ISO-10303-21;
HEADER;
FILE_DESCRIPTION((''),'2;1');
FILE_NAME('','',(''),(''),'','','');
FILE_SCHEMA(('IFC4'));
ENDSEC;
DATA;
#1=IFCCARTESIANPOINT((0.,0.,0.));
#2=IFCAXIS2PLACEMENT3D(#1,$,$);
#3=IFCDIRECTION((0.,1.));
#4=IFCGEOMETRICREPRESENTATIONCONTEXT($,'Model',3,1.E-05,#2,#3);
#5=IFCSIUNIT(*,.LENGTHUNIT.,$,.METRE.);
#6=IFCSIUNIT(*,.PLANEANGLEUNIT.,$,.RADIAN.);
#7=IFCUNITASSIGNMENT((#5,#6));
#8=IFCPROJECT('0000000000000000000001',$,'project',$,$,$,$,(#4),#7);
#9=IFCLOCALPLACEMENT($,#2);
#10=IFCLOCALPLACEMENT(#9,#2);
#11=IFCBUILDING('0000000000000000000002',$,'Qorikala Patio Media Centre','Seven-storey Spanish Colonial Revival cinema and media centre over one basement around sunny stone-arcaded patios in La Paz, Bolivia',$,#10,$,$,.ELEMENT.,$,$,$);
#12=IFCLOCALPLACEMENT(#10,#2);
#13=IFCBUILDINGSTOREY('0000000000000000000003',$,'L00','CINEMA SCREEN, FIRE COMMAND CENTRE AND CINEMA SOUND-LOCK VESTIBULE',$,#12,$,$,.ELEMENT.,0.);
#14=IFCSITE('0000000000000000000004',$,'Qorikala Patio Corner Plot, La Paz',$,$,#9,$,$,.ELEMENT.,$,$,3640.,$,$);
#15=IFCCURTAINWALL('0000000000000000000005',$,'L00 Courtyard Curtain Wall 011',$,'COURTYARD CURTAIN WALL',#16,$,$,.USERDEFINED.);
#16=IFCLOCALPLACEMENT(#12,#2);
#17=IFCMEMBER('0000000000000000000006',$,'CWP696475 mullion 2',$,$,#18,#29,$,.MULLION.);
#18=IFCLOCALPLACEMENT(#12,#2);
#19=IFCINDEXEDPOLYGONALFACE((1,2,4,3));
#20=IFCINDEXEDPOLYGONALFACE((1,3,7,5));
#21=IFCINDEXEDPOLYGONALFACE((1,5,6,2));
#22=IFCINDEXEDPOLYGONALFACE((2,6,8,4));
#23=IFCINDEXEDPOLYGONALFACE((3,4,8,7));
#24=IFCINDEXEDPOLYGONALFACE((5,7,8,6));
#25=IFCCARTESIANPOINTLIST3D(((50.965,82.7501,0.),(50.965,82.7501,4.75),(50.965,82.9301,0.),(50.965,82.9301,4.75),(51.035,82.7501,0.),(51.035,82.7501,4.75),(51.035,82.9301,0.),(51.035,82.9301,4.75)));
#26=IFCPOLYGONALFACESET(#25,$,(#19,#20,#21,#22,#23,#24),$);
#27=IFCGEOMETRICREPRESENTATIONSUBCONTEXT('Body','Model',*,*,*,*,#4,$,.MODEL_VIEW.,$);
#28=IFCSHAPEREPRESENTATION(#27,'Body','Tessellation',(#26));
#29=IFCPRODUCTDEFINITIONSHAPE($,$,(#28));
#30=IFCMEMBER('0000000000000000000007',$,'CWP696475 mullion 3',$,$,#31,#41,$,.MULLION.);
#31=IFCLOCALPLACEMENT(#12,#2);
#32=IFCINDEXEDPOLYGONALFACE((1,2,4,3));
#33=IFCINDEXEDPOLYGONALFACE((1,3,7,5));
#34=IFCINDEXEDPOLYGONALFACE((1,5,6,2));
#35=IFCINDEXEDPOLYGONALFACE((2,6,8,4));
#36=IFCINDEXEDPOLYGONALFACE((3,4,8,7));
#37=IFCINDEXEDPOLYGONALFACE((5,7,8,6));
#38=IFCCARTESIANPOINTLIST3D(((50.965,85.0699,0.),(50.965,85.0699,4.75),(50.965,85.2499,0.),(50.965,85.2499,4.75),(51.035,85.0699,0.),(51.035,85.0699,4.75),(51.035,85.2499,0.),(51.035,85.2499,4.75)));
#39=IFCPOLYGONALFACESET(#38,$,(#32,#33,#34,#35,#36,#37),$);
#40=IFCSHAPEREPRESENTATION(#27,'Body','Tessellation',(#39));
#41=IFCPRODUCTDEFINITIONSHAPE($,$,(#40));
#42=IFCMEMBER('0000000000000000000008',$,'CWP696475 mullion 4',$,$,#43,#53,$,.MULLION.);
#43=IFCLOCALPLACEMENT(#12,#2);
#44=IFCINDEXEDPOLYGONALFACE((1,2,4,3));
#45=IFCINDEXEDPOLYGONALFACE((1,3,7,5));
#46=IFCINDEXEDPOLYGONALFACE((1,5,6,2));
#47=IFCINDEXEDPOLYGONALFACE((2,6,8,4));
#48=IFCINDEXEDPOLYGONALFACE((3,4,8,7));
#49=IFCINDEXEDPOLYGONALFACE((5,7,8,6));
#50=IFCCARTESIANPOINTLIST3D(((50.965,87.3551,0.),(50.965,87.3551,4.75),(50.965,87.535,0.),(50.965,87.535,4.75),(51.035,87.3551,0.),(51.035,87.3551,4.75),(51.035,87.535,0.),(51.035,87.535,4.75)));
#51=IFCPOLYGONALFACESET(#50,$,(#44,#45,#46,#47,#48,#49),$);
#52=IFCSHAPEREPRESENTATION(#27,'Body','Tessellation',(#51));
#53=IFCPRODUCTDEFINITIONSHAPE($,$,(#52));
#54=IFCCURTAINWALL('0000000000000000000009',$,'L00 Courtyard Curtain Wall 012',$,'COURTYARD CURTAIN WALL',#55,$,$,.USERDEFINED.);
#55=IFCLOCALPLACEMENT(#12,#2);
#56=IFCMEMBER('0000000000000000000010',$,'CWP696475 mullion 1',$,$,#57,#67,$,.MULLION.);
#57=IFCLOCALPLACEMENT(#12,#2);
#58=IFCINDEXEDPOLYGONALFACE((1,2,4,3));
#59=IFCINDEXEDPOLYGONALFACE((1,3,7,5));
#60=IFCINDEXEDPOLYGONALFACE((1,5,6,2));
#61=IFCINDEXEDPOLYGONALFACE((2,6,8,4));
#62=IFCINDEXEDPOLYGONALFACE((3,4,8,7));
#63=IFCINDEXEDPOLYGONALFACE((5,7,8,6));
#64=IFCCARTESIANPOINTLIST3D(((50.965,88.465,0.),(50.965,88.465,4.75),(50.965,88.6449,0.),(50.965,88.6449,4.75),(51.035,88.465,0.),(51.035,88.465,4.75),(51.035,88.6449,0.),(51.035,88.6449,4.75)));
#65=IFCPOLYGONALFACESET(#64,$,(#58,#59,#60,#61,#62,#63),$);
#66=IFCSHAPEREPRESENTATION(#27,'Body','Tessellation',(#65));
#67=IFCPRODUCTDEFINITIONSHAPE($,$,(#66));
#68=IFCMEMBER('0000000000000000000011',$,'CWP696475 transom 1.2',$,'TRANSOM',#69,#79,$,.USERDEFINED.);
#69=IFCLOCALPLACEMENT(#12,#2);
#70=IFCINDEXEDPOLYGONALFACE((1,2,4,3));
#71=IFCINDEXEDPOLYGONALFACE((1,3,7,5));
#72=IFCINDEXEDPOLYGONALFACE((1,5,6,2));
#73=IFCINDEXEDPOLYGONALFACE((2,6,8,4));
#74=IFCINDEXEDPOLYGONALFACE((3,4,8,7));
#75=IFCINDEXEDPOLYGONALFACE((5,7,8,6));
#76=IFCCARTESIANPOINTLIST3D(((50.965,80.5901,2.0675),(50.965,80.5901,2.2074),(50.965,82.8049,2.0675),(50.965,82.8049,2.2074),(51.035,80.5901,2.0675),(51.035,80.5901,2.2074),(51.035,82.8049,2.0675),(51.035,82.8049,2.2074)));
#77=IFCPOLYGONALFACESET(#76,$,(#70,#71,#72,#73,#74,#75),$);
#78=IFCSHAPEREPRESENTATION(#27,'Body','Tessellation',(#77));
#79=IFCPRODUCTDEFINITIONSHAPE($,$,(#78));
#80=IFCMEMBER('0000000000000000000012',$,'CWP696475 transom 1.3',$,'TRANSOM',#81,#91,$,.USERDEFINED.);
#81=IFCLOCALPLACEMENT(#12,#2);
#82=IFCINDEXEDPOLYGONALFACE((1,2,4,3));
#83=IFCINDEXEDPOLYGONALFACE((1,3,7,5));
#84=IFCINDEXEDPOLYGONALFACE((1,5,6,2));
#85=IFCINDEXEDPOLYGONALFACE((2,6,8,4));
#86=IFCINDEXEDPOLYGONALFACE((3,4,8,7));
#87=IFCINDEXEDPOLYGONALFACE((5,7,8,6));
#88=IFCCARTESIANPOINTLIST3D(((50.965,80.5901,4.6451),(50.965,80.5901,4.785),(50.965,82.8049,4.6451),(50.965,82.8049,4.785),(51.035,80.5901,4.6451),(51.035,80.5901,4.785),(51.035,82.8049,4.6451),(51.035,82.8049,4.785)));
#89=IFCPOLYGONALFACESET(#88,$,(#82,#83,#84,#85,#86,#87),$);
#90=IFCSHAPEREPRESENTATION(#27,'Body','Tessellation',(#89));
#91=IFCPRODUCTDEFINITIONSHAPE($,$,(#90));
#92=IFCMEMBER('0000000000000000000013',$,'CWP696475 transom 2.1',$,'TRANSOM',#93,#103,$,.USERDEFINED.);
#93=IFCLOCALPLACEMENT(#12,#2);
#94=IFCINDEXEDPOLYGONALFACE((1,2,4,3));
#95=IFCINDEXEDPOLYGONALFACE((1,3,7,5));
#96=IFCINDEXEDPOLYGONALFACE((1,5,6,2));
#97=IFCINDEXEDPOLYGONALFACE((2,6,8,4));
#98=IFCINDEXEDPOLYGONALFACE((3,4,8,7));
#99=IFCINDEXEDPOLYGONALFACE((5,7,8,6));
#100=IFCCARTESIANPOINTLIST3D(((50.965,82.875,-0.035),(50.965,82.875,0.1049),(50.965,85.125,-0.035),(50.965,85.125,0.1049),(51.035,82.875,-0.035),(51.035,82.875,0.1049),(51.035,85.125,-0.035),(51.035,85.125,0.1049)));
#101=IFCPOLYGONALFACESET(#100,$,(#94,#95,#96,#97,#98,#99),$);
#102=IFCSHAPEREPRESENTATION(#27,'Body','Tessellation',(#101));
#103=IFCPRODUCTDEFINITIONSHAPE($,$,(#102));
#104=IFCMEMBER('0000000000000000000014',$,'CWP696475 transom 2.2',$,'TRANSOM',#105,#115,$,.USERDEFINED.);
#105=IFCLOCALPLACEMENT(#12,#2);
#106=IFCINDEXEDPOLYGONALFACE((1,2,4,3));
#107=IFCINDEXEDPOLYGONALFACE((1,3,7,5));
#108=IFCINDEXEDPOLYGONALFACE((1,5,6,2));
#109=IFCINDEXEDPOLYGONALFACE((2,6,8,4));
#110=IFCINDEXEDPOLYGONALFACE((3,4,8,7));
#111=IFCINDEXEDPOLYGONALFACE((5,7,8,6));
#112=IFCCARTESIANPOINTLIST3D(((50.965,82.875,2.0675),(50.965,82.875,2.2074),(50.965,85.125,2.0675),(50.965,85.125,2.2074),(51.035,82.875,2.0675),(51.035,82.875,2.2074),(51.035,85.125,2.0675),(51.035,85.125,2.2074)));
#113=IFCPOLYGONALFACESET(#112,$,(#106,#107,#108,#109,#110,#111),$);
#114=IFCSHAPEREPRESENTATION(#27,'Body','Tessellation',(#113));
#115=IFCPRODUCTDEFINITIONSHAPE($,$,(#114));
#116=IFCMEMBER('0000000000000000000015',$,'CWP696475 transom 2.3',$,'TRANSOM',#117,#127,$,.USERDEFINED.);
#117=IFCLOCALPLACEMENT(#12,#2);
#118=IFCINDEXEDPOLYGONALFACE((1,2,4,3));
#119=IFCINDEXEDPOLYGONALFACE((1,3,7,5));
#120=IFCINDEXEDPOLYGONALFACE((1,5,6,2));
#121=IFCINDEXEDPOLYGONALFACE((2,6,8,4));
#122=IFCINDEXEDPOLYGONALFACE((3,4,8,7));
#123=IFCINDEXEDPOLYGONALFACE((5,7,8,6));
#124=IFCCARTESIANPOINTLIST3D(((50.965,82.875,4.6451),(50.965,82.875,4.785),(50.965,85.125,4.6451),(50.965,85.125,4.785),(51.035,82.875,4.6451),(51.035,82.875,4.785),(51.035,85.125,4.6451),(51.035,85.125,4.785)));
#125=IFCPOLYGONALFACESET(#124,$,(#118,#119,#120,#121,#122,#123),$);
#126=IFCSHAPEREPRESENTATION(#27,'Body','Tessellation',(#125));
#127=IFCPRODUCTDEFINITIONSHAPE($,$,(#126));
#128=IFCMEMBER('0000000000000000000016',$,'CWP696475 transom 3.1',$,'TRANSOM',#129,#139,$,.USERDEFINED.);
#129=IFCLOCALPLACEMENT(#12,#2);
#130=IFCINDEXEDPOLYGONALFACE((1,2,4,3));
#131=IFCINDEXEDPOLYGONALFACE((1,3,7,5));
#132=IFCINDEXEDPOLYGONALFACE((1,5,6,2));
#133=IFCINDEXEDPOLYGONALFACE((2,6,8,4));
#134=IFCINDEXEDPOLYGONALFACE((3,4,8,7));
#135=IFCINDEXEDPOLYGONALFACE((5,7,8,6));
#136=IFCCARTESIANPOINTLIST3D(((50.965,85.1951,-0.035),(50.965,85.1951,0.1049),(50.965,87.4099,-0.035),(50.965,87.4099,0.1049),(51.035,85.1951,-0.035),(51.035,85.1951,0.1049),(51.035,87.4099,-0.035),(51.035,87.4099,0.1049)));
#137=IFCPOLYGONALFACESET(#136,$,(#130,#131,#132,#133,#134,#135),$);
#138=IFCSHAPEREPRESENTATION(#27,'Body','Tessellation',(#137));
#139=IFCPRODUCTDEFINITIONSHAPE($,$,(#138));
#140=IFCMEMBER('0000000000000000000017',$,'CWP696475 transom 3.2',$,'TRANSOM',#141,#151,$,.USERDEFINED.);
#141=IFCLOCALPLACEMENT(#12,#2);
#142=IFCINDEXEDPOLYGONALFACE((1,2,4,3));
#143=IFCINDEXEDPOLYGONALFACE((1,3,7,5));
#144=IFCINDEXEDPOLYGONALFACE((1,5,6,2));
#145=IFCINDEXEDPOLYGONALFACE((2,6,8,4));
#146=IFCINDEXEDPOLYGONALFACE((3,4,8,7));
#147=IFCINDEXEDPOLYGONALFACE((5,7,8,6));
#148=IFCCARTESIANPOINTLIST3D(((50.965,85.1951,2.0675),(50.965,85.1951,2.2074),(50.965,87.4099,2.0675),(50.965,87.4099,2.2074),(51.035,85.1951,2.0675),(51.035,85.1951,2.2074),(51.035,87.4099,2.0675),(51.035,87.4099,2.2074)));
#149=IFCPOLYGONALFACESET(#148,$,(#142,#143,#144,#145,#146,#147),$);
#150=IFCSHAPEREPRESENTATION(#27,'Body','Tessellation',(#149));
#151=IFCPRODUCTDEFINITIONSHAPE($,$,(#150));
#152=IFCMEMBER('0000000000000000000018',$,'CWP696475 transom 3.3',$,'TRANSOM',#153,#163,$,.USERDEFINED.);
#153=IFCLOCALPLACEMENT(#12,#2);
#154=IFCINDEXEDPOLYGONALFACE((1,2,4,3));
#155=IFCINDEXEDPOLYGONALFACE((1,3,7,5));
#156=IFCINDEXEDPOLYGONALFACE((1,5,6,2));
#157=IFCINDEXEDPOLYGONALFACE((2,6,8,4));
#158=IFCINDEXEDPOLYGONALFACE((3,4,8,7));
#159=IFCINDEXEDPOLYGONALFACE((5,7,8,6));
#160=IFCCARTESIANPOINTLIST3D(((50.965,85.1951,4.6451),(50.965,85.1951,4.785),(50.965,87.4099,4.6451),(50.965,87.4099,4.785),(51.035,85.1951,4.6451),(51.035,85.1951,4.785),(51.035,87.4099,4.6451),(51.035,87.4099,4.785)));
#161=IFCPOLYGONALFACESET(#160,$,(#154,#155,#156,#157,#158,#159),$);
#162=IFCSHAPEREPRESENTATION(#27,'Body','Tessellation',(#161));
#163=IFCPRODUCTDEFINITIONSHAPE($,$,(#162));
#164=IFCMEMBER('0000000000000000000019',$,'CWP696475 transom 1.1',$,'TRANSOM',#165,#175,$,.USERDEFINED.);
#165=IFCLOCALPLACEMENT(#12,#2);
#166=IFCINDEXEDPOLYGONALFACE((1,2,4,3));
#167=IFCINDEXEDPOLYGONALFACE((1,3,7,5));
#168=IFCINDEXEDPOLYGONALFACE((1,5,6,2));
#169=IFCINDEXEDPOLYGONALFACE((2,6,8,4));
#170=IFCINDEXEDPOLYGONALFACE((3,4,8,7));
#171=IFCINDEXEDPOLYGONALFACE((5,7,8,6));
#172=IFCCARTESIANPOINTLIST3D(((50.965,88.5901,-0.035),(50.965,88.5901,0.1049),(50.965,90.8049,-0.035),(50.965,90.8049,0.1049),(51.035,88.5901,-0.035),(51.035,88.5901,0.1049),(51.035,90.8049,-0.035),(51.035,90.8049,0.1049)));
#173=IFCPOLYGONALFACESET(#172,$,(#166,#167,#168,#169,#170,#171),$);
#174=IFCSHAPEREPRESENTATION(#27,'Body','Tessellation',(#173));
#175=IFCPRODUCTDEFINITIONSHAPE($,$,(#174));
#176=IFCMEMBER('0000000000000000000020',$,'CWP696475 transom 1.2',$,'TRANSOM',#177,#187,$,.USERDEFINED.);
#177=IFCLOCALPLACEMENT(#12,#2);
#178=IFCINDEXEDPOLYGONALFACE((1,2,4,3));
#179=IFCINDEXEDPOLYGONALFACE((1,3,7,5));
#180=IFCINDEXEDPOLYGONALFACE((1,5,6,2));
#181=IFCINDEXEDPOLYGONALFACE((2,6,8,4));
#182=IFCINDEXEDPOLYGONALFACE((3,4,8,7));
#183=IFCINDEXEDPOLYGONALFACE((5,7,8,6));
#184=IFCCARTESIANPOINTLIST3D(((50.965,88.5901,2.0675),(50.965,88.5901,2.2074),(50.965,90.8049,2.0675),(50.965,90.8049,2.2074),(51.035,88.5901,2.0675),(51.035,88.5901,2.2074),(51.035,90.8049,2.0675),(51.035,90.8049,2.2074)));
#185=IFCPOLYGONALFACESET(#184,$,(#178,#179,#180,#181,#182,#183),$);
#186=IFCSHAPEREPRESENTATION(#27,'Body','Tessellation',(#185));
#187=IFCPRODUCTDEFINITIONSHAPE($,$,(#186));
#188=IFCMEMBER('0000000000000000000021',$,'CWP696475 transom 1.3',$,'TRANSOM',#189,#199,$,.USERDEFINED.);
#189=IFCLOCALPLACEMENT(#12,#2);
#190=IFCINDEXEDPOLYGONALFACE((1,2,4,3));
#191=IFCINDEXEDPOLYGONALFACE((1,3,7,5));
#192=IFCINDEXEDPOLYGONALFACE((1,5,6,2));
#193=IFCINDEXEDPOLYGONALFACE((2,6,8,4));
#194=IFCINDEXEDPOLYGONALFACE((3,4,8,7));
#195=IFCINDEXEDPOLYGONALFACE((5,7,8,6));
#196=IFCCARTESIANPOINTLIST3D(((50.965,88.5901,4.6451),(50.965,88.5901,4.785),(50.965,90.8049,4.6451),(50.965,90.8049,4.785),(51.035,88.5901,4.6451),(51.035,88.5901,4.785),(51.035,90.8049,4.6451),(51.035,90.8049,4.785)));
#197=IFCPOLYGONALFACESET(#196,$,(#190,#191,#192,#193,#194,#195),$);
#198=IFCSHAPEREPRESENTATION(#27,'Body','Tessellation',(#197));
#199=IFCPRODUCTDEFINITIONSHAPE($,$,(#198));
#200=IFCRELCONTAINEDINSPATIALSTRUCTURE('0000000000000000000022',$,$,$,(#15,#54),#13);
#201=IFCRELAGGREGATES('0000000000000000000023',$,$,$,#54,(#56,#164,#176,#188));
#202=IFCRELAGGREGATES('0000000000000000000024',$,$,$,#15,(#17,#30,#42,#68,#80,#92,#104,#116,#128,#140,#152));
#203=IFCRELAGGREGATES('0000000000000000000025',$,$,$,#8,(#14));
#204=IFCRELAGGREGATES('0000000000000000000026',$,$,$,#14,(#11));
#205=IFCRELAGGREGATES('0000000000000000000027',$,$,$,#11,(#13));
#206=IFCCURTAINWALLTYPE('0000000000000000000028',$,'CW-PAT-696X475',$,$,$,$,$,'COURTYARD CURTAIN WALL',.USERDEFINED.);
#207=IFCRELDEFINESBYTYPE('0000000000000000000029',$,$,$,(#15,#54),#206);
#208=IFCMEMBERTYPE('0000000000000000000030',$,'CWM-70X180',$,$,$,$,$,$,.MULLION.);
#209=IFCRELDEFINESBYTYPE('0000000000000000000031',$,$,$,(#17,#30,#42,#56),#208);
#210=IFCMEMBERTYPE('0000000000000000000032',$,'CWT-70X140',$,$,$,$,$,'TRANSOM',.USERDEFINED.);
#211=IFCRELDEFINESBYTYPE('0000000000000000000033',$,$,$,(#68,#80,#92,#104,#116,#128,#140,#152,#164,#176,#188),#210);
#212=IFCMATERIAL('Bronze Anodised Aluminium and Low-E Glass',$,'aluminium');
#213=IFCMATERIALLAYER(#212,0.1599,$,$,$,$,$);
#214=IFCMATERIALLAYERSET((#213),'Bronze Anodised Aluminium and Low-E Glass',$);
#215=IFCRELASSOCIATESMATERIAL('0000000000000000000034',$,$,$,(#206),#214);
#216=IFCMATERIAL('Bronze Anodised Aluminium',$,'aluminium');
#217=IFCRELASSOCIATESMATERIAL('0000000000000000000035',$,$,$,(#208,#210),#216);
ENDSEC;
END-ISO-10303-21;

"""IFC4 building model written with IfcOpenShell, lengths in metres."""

from ifc_helpers import new_model, si_unit, direction, frame, origin, origin_2d, place, context, subcontext, project, spatial, rectangle, extrude, material, layer, layer_set, material_profile, profile_set, type_object, element, aggregate, save


model = new_model("IFC4")

# Units and contexts
model_context = context("Model", 3, precision=1e-05, world=origin(), true_north=direction((0.0, 1.0)))
body_context = subcontext(model_context, "Body", "Model", "MODEL_VIEW")
ifc_project = project(units=[si_unit("LENGTHUNIT", "METRE"), si_unit("PLANEANGLEUNIT", "RADIAN")], contexts=[model_context])

# Site, building, storey
site_placement = place(None, origin())
site = spatial("IfcSite", under=ifc_project, at=site_placement, Name="Qorikala Patio Corner Plot, La Paz", CompositionType="ELEMENT", RefElevation=3640.0)
building_placement = place(site_placement, origin())
building = spatial("IfcBuilding", under=site, at=building_placement, Name="Qorikala Patio Media Centre", Description="Seven-storey Spanish Colonial Revival cinema and media centre over one basement around sunny stone-arcaded patios in La Paz, Bolivia", CompositionType="ELEMENT")
storey_placement = place(building_placement, origin())
storey = spatial("IfcBuildingStorey", under=building, at=storey_placement, Name="L00", Description="CINEMA SCREEN, FIRE COMMAND CENTRE AND CINEMA SOUND-LOCK VESTIBULE", CompositionType="ELEMENT", Elevation=0.0)

# Curtain wall, members
ifc_material_1 = material(Name="Bronze Anodised Aluminium and Low-E Glass", Category="aluminium")
ifc_layer_1 = layer(ifc_material_1, 0.1599)
ifc_layer_set_1 = layer_set([ifc_layer_1], Name="Bronze Anodised Aluminium and Low-E Glass")
curtain_wall_type = type_object("IfcCurtainWallType", Name="CW-PAT-696X475", ElementType="COURTYARD CURTAIN WALL", PredefinedType="USERDEFINED", material=ifc_layer_set_1)
curtain_wall_1_placement = place(storey_placement, origin())
curtain_wall_1 = element("IfcCurtainWall", 1, at=curtain_wall_1_placement, inside=storey, type_object=curtain_wall_type, Name="L00 Courtyard Curtain Wall 011", ObjectType="COURTYARD CURTAIN WALL", PredefinedType="USERDEFINED")
ifc_material_2 = material(Name="Bronze Anodised Aluminium", Category="aluminium")
ifc_material_profile_1 = material_profile(ifc_material_2, rectangle(XDim=0.0701, YDim=0.1799, at=origin_2d()), Name="ALU MULLION 70x180")
ifc_profile_set_1 = profile_set([ifc_material_profile_1], Name="Bronze Anodised Aluminium")
member_type_1 = type_object("IfcMemberType", Name="CWM-70X180", PredefinedType="MULLION", material=ifc_profile_set_1)
member_1_placement = place(storey_placement, frame((51.0, 82.8401, 0.0), z_axis=(0.0, 0.0, 1.0), x_axis=(-1.0, 0.0, 0.0)))
member_1 = element("IfcMember", 2, at=member_1_placement, type_object=member_type_1, Name="CWP696475 mullion 2", PredefinedType="MULLION", context=body_context, shape_type="SweptSolid", body=[
    extrude(rectangle(XDim=0.0701, YDim=0.1799, at=origin_2d()), origin(), (0.0, 0.0, 1.0), 4.75),
])
member_2_placement = place(storey_placement, frame((51.0, 85.1599, 0.0), z_axis=(0.0, 0.0, 1.0), x_axis=(-1.0, 0.0, 0.0)))
member_2 = element("IfcMember", 3, at=member_2_placement, type_object=member_type_1, Name="CWP696475 mullion 3", PredefinedType="MULLION", context=body_context, shape_type="SweptSolid", body=[
    extrude(rectangle(XDim=0.0701, YDim=0.1799, at=origin_2d()), origin(), (0.0, 0.0, 1.0), 4.75),
])
member_3_placement = place(storey_placement, frame((51.0, 87.4451, 0.0), z_axis=(0.0, 0.0, 1.0), x_axis=(-1.0, 0.0, 0.0)))
member_3 = element("IfcMember", 4, at=member_3_placement, type_object=member_type_1, Name="CWP696475 mullion 4", PredefinedType="MULLION", context=body_context, shape_type="SweptSolid", body=[
    extrude(rectangle(XDim=0.0701, YDim=0.1799, at=origin_2d()), origin(), (0.0, 0.0, 1.0), 4.75),
])

# Curtain wall, member
curtain_wall_2_placement = place(storey_placement, origin())
curtain_wall_2 = element("IfcCurtainWall", 5, at=curtain_wall_2_placement, inside=storey, type_object=curtain_wall_type, Name="L00 Courtyard Curtain Wall 012", ObjectType="COURTYARD CURTAIN WALL", PredefinedType="USERDEFINED")
member_4_placement = place(storey_placement, frame((51.0, 88.5549, 0.0), z_axis=(0.0, 0.0, 1.0), x_axis=(-1.0, 0.0, 0.0)))
member_4 = element("IfcMember", 6, at=member_4_placement, type_object=member_type_1, Name="CWP696475 mullion 1", PredefinedType="MULLION", context=body_context, shape_type="SweptSolid", body=[
    extrude(rectangle(XDim=0.0701, YDim=0.1799, at=origin_2d()), origin(), (0.0, 0.0, 1.0), 4.75),
])

# Members
ifc_material_profile_2 = material_profile(ifc_material_2, rectangle(XDim=0.0701, YDim=0.1399, at=origin_2d()), Name="ALU TRANSOM 70x140")
ifc_profile_set_2 = profile_set([ifc_material_profile_2], Name="Bronze Anodised Aluminium")
member_type_2 = type_object("IfcMemberType", Name="CWT-70X140", ElementType="TRANSOM", PredefinedType="USERDEFINED", material=ifc_profile_set_2)
member_5_placement = place(storey_placement, frame((51.0, 80.5901, 2.1375), z_axis=(0.0, 1.0, 0.0), x_axis=(-1.0, 0.0, 0.0)))
member_5 = element("IfcMember", 7, at=member_5_placement, type_object=member_type_2, Name="CWP696475 transom 1.2", ObjectType="TRANSOM", PredefinedType="USERDEFINED", context=body_context, shape_type="SweptSolid", body=[
    extrude(rectangle(XDim=0.0701, YDim=0.1399, at=origin_2d()), origin(), (0.0, 0.0, 1.0), 2.2148),
])
member_6_placement = place(storey_placement, frame((51.0, 80.5901, 4.7151), z_axis=(0.0, 1.0, 0.0), x_axis=(-1.0, 0.0, 0.0)))
member_6 = element("IfcMember", 8, at=member_6_placement, type_object=member_type_2, Name="CWP696475 transom 1.3", ObjectType="TRANSOM", PredefinedType="USERDEFINED", context=body_context, shape_type="SweptSolid", body=[
    extrude(rectangle(XDim=0.0701, YDim=0.1399, at=origin_2d()), origin(), (0.0, 0.0, 1.0), 2.2148),
])
member_7_placement = place(storey_placement, frame((51.0, 82.875, 0.0349), z_axis=(0.0, 1.0, 0.0), x_axis=(-1.0, 0.0, 0.0)))
member_7 = element("IfcMember", 9, at=member_7_placement, type_object=member_type_2, Name="CWP696475 transom 2.1", ObjectType="TRANSOM", PredefinedType="USERDEFINED", context=body_context, shape_type="SweptSolid", body=[
    extrude(rectangle(XDim=0.0701, YDim=0.1399, at=origin_2d()), origin(), (0.0, 0.0, 1.0), 2.25),
])
member_8_placement = place(storey_placement, frame((51.0, 82.875, 2.1375), z_axis=(0.0, 1.0, 0.0), x_axis=(-1.0, 0.0, 0.0)))
member_8 = element("IfcMember", 10, at=member_8_placement, type_object=member_type_2, Name="CWP696475 transom 2.2", ObjectType="TRANSOM", PredefinedType="USERDEFINED", context=body_context, shape_type="SweptSolid", body=[
    extrude(rectangle(XDim=0.0701, YDim=0.1399, at=origin_2d()), origin(), (0.0, 0.0, 1.0), 2.25),
])
member_9_placement = place(storey_placement, frame((51.0, 82.875, 4.7151), z_axis=(0.0, 1.0, 0.0), x_axis=(-1.0, 0.0, 0.0)))
member_9 = element("IfcMember", 11, at=member_9_placement, type_object=member_type_2, Name="CWP696475 transom 2.3", ObjectType="TRANSOM", PredefinedType="USERDEFINED", context=body_context, shape_type="SweptSolid", body=[
    extrude(rectangle(XDim=0.0701, YDim=0.1399, at=origin_2d()), origin(), (0.0, 0.0, 1.0), 2.25),
])
member_10_placement = place(storey_placement, frame((51.0, 85.1951, 0.0349), z_axis=(0.0, 1.0, 0.0), x_axis=(-1.0, 0.0, 0.0)))
member_10 = element("IfcMember", 12, at=member_10_placement, type_object=member_type_2, Name="CWP696475 transom 3.1", ObjectType="TRANSOM", PredefinedType="USERDEFINED", context=body_context, shape_type="SweptSolid", body=[
    extrude(rectangle(XDim=0.0701, YDim=0.1399, at=origin_2d()), origin(), (0.0, 0.0, 1.0), 2.2148),
])
member_11_placement = place(storey_placement, frame((51.0, 85.1951, 2.1375), z_axis=(0.0, 1.0, 0.0), x_axis=(-1.0, 0.0, 0.0)))
member_11 = element("IfcMember", 13, at=member_11_placement, type_object=member_type_2, Name="CWP696475 transom 3.2", ObjectType="TRANSOM", PredefinedType="USERDEFINED", context=body_context, shape_type="SweptSolid", body=[
    extrude(rectangle(XDim=0.0701, YDim=0.1399, at=origin_2d()), origin(), (0.0, 0.0, 1.0), 2.2148),
])
member_12_placement = place(storey_placement, frame((51.0, 85.1951, 4.7151), z_axis=(0.0, 1.0, 0.0), x_axis=(-1.0, 0.0, 0.0)))
member_12 = element("IfcMember", 14, at=member_12_placement, type_object=member_type_2, Name="CWP696475 transom 3.3", ObjectType="TRANSOM", PredefinedType="USERDEFINED", context=body_context, shape_type="SweptSolid", body=[
    extrude(rectangle(XDim=0.0701, YDim=0.1399, at=origin_2d()), origin(), (0.0, 0.0, 1.0), 2.2148),
])
member_13_placement = place(storey_placement, frame((51.0, 88.5901, 0.0349), z_axis=(0.0, 1.0, 0.0), x_axis=(-1.0, 0.0, 0.0)))
member_13 = element("IfcMember", 15, at=member_13_placement, type_object=member_type_2, Name="CWP696475 transom 1.1", ObjectType="TRANSOM", PredefinedType="USERDEFINED", context=body_context, shape_type="SweptSolid", body=[
    extrude(rectangle(XDim=0.0701, YDim=0.1399, at=origin_2d()), origin(), (0.0, 0.0, 1.0), 2.2148),
])
member_14_placement = place(storey_placement, frame((51.0, 88.5901, 2.1375), z_axis=(0.0, 1.0, 0.0), x_axis=(-1.0, 0.0, 0.0)))
member_14 = element("IfcMember", 16, at=member_14_placement, type_object=member_type_2, Name="CWP696475 transom 1.2", ObjectType="TRANSOM", PredefinedType="USERDEFINED", context=body_context, shape_type="SweptSolid", body=[
    extrude(rectangle(XDim=0.0701, YDim=0.1399, at=origin_2d()), origin(), (0.0, 0.0, 1.0), 2.2148),
])
member_15_placement = place(storey_placement, frame((51.0, 88.5901, 4.7151), z_axis=(0.0, 1.0, 0.0), x_axis=(-1.0, 0.0, 0.0)))
member_15 = element("IfcMember", 17, at=member_15_placement, type_object=member_type_2, Name="CWP696475 transom 1.3", ObjectType="TRANSOM", PredefinedType="USERDEFINED", context=body_context, shape_type="SweptSolid", body=[
    extrude(rectangle(XDim=0.0701, YDim=0.1399, at=origin_2d()), origin(), (0.0, 0.0, 1.0), 2.2148),
])
aggregate(curtain_wall_2, [member_4, member_13, member_14, member_15])

aggregate(curtain_wall_1, [member_1, member_2, member_3, member_5, member_6, member_7, member_8, member_9, member_10, member_11, member_12])

save(model, "model.ifc")
